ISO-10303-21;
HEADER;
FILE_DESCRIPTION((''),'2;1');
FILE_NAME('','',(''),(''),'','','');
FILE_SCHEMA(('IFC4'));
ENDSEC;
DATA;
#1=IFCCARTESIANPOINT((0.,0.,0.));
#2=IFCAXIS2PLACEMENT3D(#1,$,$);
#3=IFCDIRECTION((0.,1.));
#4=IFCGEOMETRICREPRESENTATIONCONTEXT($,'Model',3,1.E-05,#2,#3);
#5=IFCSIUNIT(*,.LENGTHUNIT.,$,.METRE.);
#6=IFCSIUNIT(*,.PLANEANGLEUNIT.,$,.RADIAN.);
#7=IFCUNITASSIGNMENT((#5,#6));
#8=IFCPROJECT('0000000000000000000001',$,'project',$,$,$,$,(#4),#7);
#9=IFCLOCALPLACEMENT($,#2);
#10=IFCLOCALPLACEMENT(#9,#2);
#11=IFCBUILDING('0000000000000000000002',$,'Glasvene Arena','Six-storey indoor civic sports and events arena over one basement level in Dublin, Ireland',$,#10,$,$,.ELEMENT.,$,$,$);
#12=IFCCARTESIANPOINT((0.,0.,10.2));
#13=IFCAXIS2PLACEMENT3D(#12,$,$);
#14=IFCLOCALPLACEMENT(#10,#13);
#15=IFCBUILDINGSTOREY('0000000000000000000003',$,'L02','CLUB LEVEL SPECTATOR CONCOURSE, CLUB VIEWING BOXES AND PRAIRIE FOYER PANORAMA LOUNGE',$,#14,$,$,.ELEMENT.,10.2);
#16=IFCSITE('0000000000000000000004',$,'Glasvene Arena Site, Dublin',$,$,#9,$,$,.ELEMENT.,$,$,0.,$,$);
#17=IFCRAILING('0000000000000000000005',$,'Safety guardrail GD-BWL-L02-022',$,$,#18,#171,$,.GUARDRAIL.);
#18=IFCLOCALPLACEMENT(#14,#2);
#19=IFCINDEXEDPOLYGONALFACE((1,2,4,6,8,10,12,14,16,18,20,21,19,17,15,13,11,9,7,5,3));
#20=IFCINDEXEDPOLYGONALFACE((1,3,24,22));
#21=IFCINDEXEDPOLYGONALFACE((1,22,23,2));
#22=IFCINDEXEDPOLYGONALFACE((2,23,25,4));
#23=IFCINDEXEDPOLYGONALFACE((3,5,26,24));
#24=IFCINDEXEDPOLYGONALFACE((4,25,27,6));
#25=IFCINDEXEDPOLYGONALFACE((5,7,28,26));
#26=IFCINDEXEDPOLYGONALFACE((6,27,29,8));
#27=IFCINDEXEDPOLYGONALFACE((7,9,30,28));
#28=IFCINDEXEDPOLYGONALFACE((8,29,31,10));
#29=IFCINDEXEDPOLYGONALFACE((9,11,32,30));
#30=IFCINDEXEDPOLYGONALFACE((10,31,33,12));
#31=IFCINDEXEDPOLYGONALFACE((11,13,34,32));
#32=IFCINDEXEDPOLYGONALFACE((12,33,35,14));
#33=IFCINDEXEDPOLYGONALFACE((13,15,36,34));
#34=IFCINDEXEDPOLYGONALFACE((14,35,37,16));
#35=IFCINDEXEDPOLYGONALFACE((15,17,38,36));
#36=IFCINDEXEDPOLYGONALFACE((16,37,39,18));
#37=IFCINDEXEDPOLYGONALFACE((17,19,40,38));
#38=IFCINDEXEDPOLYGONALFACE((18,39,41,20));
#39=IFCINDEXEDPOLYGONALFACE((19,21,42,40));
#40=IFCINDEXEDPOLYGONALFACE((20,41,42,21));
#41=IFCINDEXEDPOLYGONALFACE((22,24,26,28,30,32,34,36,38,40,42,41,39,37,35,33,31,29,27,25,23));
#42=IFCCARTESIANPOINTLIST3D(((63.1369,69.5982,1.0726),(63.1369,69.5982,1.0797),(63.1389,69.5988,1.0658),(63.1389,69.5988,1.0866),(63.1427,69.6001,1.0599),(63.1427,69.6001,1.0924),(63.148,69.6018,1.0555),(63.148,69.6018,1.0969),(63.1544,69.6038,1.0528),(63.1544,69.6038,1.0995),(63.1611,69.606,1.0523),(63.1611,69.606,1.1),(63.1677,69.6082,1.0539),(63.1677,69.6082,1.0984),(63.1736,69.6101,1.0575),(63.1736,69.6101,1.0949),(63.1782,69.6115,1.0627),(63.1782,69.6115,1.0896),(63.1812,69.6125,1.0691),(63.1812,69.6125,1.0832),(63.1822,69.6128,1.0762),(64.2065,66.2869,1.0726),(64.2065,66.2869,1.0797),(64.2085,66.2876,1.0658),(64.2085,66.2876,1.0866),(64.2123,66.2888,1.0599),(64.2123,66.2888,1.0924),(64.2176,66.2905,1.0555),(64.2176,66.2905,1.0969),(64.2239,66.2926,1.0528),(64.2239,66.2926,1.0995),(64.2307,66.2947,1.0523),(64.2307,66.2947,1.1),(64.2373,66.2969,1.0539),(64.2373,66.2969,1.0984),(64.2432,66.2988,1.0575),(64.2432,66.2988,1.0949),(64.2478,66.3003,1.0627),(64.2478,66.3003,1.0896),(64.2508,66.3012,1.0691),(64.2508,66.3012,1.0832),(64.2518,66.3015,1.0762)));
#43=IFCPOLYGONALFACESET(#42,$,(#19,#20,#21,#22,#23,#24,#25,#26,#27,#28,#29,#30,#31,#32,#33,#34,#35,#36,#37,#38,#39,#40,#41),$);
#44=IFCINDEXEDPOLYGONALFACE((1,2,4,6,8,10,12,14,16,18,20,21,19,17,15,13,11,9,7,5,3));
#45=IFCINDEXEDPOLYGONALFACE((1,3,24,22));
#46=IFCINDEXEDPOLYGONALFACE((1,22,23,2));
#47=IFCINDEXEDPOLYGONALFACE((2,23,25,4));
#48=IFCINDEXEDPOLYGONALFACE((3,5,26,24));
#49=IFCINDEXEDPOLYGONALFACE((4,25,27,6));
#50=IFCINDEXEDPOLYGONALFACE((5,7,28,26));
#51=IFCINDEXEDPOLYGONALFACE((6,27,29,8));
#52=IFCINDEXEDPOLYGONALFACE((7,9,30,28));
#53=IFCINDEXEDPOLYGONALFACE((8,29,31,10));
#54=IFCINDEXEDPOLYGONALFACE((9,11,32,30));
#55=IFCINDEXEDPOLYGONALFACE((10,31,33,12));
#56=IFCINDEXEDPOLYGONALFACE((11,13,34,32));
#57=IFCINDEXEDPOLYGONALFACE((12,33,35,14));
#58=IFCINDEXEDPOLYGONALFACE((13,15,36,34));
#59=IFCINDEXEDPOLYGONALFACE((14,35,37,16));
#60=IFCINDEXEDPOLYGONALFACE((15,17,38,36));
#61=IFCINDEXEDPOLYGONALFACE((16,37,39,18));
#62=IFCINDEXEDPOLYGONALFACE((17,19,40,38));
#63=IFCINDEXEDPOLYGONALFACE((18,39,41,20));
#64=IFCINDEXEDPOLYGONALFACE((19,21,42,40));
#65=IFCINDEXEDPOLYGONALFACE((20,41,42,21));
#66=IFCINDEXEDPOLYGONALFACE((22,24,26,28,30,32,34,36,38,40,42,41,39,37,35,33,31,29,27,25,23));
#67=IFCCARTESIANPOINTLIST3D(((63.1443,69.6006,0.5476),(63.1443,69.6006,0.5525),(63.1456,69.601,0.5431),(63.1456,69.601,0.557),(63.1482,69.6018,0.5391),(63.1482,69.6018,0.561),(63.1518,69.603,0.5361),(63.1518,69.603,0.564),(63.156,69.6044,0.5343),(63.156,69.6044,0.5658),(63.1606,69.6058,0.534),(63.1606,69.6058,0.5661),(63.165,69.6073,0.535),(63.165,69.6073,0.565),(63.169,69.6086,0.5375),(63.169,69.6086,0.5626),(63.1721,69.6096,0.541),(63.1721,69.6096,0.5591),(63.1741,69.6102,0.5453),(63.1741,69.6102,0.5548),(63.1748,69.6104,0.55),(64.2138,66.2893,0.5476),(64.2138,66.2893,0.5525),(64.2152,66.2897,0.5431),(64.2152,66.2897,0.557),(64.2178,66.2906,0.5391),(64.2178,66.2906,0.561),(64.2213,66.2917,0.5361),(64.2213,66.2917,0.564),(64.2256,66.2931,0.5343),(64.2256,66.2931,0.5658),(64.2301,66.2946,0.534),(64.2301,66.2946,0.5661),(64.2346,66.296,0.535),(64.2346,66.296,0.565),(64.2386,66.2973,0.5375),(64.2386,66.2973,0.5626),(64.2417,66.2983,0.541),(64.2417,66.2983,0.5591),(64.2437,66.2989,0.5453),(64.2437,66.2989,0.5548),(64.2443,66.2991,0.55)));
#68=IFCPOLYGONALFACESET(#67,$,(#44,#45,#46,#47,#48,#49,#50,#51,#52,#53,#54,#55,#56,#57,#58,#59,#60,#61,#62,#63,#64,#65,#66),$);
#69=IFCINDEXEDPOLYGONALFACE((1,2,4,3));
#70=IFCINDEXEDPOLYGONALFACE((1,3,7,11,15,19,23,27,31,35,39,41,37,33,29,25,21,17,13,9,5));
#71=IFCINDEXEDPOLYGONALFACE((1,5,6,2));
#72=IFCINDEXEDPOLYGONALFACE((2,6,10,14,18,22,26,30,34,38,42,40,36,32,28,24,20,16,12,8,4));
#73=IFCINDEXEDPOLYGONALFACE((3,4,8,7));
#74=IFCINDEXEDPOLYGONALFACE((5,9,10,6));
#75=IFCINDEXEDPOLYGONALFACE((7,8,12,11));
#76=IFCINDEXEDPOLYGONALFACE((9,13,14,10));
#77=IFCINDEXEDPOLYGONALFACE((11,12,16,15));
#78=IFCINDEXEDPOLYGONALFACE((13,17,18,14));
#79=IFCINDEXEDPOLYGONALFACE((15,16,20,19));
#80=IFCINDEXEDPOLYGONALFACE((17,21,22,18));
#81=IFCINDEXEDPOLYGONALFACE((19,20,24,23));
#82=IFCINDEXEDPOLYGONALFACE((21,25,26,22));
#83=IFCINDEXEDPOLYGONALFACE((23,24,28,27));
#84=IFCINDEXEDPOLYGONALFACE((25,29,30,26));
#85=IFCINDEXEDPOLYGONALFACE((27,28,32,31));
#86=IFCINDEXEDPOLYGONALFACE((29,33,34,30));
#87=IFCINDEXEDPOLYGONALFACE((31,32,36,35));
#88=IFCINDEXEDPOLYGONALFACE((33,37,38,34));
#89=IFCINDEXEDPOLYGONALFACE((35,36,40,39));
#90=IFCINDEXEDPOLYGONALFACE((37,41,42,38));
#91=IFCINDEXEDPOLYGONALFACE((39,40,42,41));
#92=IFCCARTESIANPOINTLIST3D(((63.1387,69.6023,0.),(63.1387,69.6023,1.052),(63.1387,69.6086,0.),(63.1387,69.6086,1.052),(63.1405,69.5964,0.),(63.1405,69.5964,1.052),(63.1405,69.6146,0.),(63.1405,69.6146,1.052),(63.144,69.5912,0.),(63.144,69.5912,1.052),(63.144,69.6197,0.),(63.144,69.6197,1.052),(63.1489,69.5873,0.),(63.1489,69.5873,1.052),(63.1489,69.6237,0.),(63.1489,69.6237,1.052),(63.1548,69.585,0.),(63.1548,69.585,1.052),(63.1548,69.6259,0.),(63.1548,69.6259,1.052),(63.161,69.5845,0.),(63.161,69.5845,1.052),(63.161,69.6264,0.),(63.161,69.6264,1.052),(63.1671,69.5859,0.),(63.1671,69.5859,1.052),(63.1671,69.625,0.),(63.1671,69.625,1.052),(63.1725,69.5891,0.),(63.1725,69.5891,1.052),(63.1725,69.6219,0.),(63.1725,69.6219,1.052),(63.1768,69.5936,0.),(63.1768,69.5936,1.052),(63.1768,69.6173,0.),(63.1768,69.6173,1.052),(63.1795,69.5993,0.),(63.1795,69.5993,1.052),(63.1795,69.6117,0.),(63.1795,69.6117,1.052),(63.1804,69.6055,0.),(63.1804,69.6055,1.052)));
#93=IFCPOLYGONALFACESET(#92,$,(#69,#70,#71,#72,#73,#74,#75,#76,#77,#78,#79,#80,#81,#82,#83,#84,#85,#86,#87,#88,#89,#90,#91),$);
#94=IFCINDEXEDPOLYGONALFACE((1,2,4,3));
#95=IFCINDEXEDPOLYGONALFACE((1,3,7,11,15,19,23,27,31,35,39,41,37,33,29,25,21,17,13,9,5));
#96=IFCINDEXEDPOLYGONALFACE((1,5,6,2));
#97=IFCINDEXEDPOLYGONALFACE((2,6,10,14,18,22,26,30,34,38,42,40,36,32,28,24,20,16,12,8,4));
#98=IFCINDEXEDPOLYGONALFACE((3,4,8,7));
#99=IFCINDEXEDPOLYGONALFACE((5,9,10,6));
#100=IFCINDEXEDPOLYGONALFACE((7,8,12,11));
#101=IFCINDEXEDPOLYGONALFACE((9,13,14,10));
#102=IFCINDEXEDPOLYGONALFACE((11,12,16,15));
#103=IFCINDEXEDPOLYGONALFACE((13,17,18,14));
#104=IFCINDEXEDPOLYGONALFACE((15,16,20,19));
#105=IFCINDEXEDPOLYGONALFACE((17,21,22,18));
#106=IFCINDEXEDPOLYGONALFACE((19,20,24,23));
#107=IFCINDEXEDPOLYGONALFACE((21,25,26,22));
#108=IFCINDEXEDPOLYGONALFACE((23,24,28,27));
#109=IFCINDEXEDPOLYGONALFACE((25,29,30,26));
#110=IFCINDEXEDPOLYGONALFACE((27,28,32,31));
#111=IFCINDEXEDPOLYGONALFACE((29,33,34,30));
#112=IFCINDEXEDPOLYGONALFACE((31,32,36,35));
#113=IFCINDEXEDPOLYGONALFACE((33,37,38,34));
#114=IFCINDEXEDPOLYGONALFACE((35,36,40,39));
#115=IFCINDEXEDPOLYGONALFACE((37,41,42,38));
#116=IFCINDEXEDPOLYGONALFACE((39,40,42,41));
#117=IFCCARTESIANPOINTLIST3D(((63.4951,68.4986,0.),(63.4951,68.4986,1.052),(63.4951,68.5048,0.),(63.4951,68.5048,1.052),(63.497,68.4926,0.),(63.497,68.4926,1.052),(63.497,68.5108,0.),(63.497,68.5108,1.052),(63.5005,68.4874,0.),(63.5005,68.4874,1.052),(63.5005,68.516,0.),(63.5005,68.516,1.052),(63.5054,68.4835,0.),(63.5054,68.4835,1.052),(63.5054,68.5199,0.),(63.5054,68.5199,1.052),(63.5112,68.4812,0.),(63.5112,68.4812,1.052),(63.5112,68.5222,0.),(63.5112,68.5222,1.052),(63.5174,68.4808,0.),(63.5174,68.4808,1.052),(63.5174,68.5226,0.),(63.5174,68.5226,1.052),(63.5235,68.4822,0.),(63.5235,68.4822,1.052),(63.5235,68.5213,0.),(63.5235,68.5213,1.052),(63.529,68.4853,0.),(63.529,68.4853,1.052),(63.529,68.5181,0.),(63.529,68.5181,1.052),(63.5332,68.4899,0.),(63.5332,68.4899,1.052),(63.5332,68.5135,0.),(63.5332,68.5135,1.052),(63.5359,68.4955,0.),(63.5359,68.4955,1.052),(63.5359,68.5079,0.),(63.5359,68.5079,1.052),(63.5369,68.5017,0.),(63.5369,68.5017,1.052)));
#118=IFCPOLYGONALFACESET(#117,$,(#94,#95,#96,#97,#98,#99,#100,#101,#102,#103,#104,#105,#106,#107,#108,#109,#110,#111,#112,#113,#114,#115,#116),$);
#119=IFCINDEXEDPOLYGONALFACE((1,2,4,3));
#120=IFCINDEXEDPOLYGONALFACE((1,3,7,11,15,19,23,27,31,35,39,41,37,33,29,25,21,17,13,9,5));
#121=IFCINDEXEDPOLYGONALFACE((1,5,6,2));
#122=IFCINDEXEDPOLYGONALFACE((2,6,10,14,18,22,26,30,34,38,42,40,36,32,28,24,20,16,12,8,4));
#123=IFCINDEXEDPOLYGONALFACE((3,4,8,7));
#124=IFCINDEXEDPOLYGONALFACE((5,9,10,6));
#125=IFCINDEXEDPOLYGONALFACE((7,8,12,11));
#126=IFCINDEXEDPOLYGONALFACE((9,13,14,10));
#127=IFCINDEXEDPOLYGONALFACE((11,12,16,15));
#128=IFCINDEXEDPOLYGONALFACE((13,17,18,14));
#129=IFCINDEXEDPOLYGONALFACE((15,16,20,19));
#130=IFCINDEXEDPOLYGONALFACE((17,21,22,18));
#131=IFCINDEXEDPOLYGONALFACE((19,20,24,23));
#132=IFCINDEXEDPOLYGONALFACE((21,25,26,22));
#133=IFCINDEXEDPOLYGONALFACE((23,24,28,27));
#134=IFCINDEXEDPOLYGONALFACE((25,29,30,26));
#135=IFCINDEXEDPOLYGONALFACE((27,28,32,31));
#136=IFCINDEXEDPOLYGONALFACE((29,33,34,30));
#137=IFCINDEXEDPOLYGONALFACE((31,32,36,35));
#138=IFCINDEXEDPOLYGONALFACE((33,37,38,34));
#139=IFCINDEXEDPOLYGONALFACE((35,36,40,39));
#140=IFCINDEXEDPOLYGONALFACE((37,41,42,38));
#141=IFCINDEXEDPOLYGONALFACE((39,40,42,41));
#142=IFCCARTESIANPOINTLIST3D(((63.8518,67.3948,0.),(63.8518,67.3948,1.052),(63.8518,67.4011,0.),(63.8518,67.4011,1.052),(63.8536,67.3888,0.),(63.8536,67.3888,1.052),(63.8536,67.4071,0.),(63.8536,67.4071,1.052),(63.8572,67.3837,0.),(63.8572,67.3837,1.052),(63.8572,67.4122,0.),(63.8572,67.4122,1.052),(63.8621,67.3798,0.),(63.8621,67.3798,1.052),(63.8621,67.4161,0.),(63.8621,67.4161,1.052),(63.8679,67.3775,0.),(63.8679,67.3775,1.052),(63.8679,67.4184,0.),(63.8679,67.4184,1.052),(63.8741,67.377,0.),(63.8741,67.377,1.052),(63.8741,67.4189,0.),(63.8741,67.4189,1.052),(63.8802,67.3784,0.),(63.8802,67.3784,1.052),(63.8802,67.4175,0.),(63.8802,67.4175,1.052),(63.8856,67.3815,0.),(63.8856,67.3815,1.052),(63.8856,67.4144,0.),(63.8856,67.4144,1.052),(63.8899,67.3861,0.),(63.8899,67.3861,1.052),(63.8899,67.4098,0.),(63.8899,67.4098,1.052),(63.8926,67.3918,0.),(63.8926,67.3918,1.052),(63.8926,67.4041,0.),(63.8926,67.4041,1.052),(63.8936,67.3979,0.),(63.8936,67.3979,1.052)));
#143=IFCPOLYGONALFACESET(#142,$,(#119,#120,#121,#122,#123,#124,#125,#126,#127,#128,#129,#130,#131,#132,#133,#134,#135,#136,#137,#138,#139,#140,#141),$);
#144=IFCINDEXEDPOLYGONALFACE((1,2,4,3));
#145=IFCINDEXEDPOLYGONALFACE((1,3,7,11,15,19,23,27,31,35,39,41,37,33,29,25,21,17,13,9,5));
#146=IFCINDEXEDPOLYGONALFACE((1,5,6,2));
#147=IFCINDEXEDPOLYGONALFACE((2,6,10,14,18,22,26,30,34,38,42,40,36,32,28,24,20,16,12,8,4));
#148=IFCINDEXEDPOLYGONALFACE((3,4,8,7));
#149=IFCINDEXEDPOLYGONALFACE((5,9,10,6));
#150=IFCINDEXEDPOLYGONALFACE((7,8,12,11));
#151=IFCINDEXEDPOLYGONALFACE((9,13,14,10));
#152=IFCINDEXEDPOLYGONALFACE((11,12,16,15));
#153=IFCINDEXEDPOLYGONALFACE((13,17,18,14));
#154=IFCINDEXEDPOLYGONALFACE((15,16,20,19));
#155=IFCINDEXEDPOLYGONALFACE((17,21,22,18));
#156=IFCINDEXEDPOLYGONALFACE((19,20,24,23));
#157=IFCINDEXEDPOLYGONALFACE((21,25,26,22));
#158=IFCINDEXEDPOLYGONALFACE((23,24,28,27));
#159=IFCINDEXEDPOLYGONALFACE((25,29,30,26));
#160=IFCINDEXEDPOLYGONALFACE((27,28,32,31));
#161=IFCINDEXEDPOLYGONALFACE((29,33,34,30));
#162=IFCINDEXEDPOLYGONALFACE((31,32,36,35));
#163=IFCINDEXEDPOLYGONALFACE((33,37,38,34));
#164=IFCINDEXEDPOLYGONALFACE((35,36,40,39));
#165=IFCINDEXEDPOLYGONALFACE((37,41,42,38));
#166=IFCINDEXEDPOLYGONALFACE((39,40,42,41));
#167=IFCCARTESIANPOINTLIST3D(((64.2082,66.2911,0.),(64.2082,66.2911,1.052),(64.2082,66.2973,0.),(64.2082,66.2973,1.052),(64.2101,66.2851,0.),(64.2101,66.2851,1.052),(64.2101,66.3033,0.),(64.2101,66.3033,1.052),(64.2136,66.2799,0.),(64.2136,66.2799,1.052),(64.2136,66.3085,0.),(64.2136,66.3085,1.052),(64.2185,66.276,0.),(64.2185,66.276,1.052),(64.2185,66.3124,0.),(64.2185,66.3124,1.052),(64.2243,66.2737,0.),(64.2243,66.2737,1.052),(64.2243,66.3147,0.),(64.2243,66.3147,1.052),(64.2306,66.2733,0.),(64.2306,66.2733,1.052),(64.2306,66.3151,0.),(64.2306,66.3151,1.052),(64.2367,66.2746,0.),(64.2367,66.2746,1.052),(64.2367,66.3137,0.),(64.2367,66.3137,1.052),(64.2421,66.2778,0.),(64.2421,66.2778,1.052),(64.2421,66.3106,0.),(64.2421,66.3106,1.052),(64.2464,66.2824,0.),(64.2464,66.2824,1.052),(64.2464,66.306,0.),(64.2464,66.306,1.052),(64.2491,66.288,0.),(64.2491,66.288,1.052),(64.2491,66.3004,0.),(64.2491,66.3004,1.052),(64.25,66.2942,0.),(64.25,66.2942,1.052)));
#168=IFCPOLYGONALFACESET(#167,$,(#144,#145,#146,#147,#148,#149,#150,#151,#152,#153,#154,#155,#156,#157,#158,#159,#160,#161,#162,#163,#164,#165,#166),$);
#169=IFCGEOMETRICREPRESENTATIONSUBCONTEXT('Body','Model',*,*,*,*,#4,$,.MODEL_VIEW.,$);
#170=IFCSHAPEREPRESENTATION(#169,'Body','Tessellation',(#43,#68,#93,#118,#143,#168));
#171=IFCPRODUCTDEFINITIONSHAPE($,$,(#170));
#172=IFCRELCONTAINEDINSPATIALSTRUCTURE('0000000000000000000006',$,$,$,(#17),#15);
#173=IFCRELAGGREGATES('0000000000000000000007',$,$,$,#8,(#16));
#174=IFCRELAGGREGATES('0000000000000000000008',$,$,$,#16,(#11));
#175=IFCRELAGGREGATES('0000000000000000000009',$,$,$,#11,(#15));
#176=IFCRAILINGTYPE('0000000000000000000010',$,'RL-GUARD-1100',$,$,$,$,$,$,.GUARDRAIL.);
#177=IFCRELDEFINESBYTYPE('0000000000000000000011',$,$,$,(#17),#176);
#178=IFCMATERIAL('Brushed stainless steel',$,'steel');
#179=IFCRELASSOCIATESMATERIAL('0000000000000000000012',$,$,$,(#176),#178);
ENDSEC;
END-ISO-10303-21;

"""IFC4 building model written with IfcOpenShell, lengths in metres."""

from ifc_helpers import new_model, si_unit, direction, frame, origin, origin_2d, place, context, subcontext, project, spatial, circle, extrude, material, type_object, element, save


model = new_model("IFC4")

# Units and contexts
model_context = context("Model", 3, precision=1e-05, world=origin(), true_north=direction((0.0, 1.0)))
body_context = subcontext(model_context, "Body", "Model", "MODEL_VIEW")
ifc_project = project(units=[si_unit("LENGTHUNIT", "METRE"), si_unit("PLANEANGLEUNIT", "RADIAN")], contexts=[model_context])

# Site, building, storey
site_placement = place(None, origin())
site = spatial("IfcSite", under=ifc_project, at=site_placement, Name="Glasvene Arena Site, Dublin", CompositionType="ELEMENT", RefElevation=0.0)
building_placement = place(site_placement, origin())
building = spatial("IfcBuilding", under=site, at=building_placement, Name="Glasvene Arena", Description="Six-storey indoor civic sports and events arena over one basement level in Dublin, Ireland", CompositionType="ELEMENT")
storey_placement = place(building_placement, frame((0.0, 0.0, 10.2)))
storey = spatial("IfcBuildingStorey", under=building, at=storey_placement, Name="L02", Description="CLUB LEVEL SPECTATOR CONCOURSE, CLUB VIEWING BOXES AND PRAIRIE FOYER PANORAMA LOUNGE", CompositionType="ELEMENT", Elevation=10.2)

# Railing
ifc_material_1 = material(Name="Brushed stainless steel", Category="steel")
railing_type = type_object("IfcRailingType", Name="RL-GUARD-1100", PredefinedType="GUARDRAIL", material=ifc_material_1)
railing_1_placement = place(storey_placement, frame((63.1594, 69.6055, 0.0)))
element("IfcRailing", 1, at=railing_1_placement, inside=storey, type_object=railing_type, Name="Safety guardrail GD-BWL-L02-022", PredefinedType="GUARDRAIL", context=body_context, shape_type="SweptSolid", body=[
    extrude(circle(Radius=0.0239, at=origin_2d()), frame((0.0, 0.0, 1.0762), z_axis=(0.307374, -0.951589, 0.0), x_axis=(0.951589, 0.307374, 0.0)), (0.0, 0.0, 1.0), 3.4797),
    extrude(circle(Radius=0.0161, at=origin_2d()), frame((0.0, 0.0, 0.55), z_axis=(0.307374, -0.951589, 0.0), x_axis=(0.951589, 0.307374, 0.0)), (0.0, 0.0, 1.0), 3.4797),
    extrude(circle(Radius=0.021, at=origin_2d()), origin(), (0.0, 0.0, 1.0), 1.052),
    extrude(circle(Radius=0.021, at=origin_2d()), frame((0.3564, -1.1038, 0.0)), (0.0, 0.0, 1.0), 1.052),
    extrude(circle(Radius=0.021, at=origin_2d()), frame((0.7131, -2.2075, 0.0)), (0.0, 0.0, 1.0), 1.052),
    extrude(circle(Radius=0.021, at=origin_2d()), frame((1.0696, -3.3113, 0.0)), (0.0, 0.0, 1.0), 1.052),
])

save(model, "model.ifc")
